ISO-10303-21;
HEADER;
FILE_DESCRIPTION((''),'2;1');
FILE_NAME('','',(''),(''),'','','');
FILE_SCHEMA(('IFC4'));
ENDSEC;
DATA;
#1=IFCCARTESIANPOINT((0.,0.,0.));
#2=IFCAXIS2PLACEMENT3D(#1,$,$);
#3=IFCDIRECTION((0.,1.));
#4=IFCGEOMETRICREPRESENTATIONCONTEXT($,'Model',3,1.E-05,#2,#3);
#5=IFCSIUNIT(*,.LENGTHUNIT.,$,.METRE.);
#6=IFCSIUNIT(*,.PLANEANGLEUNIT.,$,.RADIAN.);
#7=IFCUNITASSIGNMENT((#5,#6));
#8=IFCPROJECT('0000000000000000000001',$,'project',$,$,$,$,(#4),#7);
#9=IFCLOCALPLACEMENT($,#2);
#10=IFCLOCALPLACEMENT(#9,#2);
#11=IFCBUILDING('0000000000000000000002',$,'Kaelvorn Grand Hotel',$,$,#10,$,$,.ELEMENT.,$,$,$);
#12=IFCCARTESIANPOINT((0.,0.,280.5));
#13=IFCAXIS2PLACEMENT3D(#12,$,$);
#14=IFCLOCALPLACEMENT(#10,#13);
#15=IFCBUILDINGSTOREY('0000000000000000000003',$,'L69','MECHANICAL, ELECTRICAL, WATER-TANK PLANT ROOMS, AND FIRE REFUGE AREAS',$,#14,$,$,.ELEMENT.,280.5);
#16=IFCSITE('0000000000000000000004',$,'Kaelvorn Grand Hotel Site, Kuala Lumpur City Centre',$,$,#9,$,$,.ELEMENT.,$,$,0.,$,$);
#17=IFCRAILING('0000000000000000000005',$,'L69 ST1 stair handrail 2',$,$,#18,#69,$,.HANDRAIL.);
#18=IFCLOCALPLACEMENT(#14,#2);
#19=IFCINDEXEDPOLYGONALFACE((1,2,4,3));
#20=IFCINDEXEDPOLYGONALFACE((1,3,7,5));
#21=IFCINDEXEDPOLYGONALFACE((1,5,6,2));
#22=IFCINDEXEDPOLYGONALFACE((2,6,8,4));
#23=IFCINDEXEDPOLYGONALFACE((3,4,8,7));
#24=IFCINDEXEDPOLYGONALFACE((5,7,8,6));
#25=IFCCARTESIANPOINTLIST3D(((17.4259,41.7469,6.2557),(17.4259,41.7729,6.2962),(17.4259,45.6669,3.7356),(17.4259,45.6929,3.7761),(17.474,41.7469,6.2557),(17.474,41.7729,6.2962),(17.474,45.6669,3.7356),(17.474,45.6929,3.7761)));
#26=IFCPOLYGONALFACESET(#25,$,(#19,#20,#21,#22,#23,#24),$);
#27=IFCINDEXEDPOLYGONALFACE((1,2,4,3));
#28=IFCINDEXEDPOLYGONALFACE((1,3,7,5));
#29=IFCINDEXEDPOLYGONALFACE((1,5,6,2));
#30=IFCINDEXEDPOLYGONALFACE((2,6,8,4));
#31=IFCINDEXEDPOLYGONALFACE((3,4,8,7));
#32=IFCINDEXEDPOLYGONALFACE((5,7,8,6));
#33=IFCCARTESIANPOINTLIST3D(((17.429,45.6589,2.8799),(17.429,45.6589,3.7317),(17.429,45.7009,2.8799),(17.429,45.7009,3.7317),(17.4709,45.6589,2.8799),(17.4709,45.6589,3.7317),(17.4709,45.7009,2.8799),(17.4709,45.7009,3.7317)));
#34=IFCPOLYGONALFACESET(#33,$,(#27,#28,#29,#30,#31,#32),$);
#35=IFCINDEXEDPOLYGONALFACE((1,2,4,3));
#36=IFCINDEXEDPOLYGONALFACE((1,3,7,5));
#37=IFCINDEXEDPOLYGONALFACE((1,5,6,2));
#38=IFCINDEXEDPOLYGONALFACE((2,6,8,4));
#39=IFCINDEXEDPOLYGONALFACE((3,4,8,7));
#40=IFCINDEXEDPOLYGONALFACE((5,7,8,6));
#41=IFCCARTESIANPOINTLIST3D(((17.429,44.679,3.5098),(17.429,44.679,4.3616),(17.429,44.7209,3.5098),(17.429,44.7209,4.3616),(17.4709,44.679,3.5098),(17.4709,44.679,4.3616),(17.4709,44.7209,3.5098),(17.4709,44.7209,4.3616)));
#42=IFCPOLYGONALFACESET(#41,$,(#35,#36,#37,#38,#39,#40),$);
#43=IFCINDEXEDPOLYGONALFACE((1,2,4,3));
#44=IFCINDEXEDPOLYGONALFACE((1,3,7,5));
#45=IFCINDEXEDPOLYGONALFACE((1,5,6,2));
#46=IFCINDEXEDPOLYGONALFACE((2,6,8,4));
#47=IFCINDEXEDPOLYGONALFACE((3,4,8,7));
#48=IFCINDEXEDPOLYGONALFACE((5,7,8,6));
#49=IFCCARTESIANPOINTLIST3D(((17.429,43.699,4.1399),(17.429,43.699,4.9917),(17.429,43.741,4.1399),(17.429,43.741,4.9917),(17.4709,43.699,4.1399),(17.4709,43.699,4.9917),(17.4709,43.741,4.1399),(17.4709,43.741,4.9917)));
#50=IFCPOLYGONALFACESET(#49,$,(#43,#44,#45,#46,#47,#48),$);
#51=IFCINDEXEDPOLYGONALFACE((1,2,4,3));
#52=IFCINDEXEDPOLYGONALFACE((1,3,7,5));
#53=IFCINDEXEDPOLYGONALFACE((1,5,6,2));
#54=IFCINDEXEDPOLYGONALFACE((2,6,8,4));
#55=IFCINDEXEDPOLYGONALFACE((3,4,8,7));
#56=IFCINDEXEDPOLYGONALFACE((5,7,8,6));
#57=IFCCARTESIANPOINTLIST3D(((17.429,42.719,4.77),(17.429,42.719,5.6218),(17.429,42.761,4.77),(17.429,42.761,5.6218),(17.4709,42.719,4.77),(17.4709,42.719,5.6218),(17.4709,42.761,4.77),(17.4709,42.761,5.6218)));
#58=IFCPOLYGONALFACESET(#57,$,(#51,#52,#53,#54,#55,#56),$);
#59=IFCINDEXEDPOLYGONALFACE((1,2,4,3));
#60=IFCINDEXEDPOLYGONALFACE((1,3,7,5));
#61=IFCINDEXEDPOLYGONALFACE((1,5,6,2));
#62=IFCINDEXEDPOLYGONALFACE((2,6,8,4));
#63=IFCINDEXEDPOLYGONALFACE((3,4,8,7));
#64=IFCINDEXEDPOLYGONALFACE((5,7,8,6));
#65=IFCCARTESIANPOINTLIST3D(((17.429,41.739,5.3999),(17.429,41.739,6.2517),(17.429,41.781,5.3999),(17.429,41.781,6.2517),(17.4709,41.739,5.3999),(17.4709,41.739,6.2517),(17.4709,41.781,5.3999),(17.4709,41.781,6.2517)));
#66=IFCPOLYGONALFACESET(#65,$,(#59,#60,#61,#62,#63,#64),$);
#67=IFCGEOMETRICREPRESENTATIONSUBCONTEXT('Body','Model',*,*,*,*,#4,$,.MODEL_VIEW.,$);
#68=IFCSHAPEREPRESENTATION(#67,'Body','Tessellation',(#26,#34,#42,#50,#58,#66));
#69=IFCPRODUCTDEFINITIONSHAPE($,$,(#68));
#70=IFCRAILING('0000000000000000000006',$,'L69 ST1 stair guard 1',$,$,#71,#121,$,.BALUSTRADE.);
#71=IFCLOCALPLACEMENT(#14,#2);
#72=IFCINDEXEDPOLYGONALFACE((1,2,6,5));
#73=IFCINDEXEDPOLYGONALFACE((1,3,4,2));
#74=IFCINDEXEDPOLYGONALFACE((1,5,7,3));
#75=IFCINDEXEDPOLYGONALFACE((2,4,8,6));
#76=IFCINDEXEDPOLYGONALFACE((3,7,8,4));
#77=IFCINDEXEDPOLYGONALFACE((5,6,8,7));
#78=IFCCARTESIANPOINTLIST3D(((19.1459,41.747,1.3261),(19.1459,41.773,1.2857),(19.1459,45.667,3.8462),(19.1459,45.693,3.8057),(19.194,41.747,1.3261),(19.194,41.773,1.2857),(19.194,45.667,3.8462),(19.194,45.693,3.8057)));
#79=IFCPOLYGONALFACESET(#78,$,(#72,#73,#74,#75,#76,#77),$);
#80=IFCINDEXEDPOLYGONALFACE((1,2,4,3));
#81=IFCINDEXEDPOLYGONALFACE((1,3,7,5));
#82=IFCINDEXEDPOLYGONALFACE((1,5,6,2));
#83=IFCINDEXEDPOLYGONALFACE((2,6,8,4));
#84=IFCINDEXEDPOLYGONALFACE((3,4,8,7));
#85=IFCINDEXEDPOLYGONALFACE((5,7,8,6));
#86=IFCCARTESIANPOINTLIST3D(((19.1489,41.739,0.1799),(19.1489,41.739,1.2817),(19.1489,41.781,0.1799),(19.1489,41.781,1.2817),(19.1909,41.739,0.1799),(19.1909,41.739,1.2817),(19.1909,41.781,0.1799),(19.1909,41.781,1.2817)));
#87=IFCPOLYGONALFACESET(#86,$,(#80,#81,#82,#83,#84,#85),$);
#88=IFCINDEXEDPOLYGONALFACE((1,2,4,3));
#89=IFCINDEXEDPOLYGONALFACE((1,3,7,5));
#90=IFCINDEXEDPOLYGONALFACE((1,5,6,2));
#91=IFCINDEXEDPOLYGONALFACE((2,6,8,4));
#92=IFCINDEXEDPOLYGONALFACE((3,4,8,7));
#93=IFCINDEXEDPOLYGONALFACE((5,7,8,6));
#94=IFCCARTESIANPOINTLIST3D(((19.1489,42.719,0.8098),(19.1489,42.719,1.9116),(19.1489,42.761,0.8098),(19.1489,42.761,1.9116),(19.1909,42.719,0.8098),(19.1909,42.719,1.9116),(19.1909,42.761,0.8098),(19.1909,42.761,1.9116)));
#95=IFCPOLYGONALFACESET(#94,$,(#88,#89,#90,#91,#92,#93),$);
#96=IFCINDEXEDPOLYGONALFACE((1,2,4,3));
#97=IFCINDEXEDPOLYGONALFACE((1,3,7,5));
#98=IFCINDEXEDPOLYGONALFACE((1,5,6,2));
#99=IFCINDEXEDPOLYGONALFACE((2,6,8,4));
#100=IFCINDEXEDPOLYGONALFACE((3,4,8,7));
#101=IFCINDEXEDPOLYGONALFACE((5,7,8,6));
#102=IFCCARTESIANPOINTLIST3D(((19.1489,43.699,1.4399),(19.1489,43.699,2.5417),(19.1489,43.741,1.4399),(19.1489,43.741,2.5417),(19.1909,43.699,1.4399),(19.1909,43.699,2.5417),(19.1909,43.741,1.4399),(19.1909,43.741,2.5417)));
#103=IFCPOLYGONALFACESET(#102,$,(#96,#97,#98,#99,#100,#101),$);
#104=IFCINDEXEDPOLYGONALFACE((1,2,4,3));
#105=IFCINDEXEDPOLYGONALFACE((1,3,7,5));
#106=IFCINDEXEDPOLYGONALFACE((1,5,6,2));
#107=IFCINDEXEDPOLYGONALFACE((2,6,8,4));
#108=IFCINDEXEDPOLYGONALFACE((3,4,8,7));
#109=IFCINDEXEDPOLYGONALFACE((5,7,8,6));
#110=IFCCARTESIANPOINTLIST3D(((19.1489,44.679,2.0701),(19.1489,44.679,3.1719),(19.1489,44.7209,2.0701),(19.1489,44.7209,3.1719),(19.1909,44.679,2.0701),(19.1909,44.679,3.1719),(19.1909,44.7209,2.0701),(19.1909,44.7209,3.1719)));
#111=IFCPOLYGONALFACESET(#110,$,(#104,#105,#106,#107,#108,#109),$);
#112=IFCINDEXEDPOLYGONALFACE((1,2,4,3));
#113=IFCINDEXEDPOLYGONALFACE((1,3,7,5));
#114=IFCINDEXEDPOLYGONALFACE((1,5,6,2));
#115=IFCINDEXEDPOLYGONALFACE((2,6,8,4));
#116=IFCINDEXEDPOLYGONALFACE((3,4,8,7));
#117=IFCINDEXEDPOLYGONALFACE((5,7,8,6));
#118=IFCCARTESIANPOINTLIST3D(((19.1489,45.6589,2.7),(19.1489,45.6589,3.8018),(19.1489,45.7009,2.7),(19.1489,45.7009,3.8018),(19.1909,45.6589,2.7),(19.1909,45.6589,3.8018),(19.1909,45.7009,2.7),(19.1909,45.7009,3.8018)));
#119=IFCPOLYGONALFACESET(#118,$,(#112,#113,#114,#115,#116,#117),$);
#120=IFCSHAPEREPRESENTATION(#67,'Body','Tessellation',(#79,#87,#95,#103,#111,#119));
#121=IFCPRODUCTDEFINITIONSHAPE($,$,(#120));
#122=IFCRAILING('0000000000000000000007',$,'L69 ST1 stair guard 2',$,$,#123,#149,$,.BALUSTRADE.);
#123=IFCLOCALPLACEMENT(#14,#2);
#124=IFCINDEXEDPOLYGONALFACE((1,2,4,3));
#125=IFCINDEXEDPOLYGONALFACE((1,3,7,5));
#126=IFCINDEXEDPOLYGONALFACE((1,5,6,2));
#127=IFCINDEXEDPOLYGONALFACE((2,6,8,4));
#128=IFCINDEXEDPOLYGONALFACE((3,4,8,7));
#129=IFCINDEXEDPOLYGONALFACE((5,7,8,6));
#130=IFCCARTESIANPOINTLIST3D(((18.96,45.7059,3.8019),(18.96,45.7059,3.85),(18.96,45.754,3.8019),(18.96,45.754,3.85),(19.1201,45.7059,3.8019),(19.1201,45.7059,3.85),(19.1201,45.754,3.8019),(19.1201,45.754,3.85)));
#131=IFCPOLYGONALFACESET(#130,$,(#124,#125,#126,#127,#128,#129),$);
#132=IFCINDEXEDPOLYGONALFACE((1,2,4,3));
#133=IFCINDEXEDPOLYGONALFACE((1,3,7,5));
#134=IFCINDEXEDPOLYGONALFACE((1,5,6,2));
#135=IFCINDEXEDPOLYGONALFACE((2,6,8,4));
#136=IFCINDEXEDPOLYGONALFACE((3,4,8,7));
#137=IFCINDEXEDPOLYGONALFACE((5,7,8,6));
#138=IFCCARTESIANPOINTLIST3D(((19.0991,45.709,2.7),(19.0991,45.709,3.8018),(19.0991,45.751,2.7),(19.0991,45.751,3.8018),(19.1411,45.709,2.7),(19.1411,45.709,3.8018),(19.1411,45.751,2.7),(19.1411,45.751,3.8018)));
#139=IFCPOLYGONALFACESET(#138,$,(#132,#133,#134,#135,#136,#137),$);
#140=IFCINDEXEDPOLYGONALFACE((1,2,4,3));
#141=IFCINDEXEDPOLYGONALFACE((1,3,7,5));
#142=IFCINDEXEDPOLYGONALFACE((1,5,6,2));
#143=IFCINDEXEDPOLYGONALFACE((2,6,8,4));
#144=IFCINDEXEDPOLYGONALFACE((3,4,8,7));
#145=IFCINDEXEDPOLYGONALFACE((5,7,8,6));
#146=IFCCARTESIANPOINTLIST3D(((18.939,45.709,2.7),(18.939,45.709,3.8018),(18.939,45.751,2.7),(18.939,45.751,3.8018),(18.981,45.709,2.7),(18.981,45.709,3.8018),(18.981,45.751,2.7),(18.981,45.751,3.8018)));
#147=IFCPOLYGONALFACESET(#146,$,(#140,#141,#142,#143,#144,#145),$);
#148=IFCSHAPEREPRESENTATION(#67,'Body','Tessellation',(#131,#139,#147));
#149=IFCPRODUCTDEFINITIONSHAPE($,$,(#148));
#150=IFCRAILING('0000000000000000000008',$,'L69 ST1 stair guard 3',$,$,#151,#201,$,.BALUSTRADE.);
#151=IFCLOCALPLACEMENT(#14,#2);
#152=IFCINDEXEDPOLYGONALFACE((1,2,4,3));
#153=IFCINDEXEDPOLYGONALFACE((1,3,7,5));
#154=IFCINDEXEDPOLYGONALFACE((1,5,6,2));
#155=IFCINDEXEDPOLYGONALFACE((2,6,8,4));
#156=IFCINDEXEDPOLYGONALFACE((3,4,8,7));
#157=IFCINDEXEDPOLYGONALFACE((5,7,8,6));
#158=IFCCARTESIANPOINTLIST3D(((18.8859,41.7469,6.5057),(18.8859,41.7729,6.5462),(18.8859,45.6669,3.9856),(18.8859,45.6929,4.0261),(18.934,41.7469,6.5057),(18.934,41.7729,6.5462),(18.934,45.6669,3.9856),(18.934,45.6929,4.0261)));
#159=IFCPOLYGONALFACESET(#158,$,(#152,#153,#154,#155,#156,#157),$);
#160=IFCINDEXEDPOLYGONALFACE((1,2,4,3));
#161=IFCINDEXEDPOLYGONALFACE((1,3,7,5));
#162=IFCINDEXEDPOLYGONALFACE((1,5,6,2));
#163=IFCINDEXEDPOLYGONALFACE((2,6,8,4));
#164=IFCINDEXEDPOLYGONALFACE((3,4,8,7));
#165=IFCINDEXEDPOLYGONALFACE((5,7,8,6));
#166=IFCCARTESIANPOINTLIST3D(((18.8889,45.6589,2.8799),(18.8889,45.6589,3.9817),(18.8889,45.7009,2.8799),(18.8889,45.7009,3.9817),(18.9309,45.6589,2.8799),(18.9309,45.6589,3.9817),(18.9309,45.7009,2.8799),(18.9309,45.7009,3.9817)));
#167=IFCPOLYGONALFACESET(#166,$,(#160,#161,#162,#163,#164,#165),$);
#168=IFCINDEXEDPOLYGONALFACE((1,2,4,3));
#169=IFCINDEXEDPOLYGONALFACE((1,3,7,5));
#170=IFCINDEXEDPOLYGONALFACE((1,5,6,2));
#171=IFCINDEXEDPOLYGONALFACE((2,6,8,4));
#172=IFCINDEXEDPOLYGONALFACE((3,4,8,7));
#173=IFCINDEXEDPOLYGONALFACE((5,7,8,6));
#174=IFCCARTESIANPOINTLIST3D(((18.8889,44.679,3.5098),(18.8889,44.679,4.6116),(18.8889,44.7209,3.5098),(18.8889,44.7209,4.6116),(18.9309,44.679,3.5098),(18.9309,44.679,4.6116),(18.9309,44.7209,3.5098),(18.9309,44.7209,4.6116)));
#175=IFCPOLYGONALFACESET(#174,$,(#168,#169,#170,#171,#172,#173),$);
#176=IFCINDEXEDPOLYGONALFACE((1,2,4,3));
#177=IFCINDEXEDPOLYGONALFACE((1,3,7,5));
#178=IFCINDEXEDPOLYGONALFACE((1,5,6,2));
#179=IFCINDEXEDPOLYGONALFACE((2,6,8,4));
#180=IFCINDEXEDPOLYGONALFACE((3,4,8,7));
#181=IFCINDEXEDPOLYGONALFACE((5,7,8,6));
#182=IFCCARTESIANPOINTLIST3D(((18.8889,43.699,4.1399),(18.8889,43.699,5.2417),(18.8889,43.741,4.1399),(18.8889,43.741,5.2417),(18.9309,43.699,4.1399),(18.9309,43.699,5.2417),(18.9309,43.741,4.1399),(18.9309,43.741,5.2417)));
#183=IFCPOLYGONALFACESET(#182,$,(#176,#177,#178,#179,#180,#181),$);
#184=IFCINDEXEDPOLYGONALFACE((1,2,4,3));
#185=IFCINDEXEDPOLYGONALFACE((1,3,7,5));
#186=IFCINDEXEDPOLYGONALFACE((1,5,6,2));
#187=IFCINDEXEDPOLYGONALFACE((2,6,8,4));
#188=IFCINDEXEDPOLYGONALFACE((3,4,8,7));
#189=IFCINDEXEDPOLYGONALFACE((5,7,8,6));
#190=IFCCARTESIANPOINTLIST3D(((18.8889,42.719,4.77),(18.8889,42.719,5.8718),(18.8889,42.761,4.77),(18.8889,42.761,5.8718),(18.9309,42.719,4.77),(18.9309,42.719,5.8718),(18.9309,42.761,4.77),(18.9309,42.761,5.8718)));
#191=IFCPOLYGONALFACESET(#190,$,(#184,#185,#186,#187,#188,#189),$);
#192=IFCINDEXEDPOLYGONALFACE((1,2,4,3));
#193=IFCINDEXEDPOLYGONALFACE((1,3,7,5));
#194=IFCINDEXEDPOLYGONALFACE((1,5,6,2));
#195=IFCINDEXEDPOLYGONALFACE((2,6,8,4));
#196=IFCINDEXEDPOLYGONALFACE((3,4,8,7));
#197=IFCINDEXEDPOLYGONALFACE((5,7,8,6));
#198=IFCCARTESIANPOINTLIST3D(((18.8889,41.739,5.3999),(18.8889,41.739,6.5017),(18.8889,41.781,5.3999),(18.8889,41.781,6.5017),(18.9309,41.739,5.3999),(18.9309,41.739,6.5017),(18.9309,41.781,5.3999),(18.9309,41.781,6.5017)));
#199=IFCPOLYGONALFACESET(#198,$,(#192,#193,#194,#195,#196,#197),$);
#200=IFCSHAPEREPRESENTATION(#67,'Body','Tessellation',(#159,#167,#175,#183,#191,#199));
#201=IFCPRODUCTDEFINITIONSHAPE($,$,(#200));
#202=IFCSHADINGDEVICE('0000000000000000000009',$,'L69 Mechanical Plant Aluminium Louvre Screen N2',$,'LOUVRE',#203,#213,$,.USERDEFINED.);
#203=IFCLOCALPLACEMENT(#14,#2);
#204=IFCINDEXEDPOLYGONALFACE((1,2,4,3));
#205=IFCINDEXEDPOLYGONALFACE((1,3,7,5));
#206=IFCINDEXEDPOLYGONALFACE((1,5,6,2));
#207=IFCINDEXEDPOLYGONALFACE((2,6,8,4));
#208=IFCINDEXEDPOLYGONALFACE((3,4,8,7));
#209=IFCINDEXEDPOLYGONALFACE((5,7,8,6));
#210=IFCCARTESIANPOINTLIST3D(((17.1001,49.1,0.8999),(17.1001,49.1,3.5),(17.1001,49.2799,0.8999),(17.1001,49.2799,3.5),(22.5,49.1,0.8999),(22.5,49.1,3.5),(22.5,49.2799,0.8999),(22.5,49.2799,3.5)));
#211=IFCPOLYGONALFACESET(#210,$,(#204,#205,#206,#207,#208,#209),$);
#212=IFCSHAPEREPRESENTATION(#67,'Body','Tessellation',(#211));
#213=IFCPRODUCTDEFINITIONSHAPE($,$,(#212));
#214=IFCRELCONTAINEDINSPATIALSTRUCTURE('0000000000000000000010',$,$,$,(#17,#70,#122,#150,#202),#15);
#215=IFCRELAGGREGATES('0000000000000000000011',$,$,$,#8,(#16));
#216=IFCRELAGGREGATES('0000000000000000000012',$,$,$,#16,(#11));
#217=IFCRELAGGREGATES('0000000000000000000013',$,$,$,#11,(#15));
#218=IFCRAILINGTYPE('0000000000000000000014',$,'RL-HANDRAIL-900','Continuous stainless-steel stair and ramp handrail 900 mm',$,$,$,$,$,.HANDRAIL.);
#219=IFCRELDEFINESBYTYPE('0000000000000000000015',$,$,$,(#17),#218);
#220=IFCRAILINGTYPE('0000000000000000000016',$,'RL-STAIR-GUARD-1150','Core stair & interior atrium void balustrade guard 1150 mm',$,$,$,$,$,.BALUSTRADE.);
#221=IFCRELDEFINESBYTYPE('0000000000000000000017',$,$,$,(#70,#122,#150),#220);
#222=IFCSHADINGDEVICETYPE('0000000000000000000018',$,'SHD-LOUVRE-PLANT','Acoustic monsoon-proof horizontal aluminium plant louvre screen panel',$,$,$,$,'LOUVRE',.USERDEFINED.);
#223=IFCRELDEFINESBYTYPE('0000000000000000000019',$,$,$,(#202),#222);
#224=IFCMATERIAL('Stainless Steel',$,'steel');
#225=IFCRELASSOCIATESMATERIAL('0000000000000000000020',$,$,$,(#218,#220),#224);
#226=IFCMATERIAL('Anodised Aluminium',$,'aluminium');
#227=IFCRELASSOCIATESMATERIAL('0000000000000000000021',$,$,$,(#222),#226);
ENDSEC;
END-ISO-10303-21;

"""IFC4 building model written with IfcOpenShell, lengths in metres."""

from ifc_helpers import new_model, si_unit, direction, frame, origin, origin_2d, place, context, subcontext, project, spatial, rectangle, extrude, material, type_object, element, save


model = new_model("IFC4")

# Units and contexts
model_context = context("Model", 3, precision=1e-05, world=origin(), true_north=direction((0.0, 1.0)))
body_context = subcontext(model_context, "Body", "Model", "MODEL_VIEW")
ifc_project = project(units=[si_unit("LENGTHUNIT", "METRE"), si_unit("PLANEANGLEUNIT", "RADIAN")], contexts=[model_context])

# Site, building, storey
site_placement = place(None, origin())
site = spatial("IfcSite", under=ifc_project, at=site_placement, Name="Kaelvorn Grand Hotel Site, Kuala Lumpur City Centre", CompositionType="ELEMENT", RefElevation=0.0)
building_placement = place(site_placement, origin())
building = spatial("IfcBuilding", under=site, at=building_placement, Name="Kaelvorn Grand Hotel", CompositionType="ELEMENT")
storey_placement = place(building_placement, frame((0.0, 0.0, 280.5)))
storey = spatial("IfcBuildingStorey", under=building, at=storey_placement, Name="L69", Description="MECHANICAL, ELECTRICAL, WATER-TANK PLANT ROOMS, AND FIRE REFUGE AREAS", CompositionType="ELEMENT", Elevation=280.5)

# Railings
ifc_material_1 = material(Name="Stainless Steel", Category="steel")
railing_type_1 = type_object("IfcRailingType", Name="RL-HANDRAIL-900", Description="Continuous stainless-steel stair and ramp handrail 900 mm", PredefinedType="HANDRAIL", material=ifc_material_1)
railing_1_placement = place(storey_placement, frame((17.45, 45.6799, 2.8799)))
element("IfcRailing", 1, at=railing_1_placement, inside=storey, type_object=railing_type_1, Name="L69 ST1 stair handrail 2", PredefinedType="HANDRAIL", context=body_context, shape_type="SweptSolid", body=[
    extrude(rectangle(XDim=0.0481, YDim=0.0481, at=origin_2d()), frame((0.0, 0.0, 0.876), z_axis=(0.0, -0.841172, 0.540768), x_axis=(1.0, 0.0, 0.0)), (0.0, 0.0, 1.0), 4.6602),
    extrude(rectangle(XDim=0.042, YDim=0.042, at=origin_2d()), origin(), (0.0, 0.0, 1.0), 0.8518),
    extrude(rectangle(XDim=0.042, YDim=0.042, at=origin_2d()), frame((0.0, -0.98, 0.6299)), (0.0, 0.0, 1.0), 0.8518),
    extrude(rectangle(XDim=0.042, YDim=0.042, at=origin_2d()), frame((0.0, -1.96, 1.26)), (0.0, 0.0, 1.0), 0.8518),
    extrude(rectangle(XDim=0.042, YDim=0.042, at=origin_2d()), frame((0.0, -2.9399, 1.8901)), (0.0, 0.0, 1.0), 0.8518),
    extrude(rectangle(XDim=0.042, YDim=0.042, at=origin_2d()), frame((0.0, -3.9199, 2.52)), (0.0, 0.0, 1.0), 0.8518),
])
railing_type_2 = type_object("IfcRailingType", Name="RL-STAIR-GUARD-1150", Description="Core stair & interior atrium void balustrade guard 1150 mm", PredefinedType="BALUSTRADE", material=ifc_material_1)
railing_2_placement = place(storey_placement, frame((19.1699, 41.76, 0.1799)))
element("IfcRailing", 2, at=railing_2_placement, inside=storey, type_object=railing_type_2, Name="L69 ST1 stair guard 1", PredefinedType="BALUSTRADE", context=body_context, shape_type="SweptSolid", body=[
    extrude(rectangle(XDim=0.0481, YDim=0.0481, at=origin_2d()), frame((0.0, 0.0, 1.126), z_axis=(0.0, 0.841172, 0.540768), x_axis=(-1.0, 0.0, 0.0)), (0.0, 0.0, 1.0), 4.6602),
    extrude(rectangle(XDim=0.042, YDim=0.042, at=origin_2d()), origin(), (0.0, 0.0, 1.0), 1.1018),
    extrude(rectangle(XDim=0.042, YDim=0.042, at=origin_2d()), frame((0.0, 0.98, 0.6299)), (0.0, 0.0, 1.0), 1.1018),
    extrude(rectangle(XDim=0.042, YDim=0.042, at=origin_2d()), frame((0.0, 1.96, 1.26)), (0.0, 0.0, 1.0), 1.1018),
    extrude(rectangle(XDim=0.042, YDim=0.042, at=origin_2d()), frame((0.0, 2.9399, 1.8901)), (0.0, 0.0, 1.0), 1.1018),
    extrude(rectangle(XDim=0.042, YDim=0.042, at=origin_2d()), frame((0.0, 3.9199, 2.52)), (0.0, 0.0, 1.0), 1.1018),
])
railing_3_placement = place(storey_placement, frame((19.1201, 45.73, 2.7)))
element("IfcRailing", 3, at=railing_3_placement, inside=storey, type_object=railing_type_2, Name="L69 ST1 stair guard 2", PredefinedType="BALUSTRADE", context=body_context, shape_type="SweptSolid", body=[
    extrude(rectangle(XDim=0.0481, YDim=0.0481, at=origin_2d()), frame((0.0, 0.0, 1.126), z_axis=(-1.0, 0.0, 0.0), x_axis=(0.0, -1.0, 0.0)), (0.0, 0.0, 1.0), 0.1602),
    extrude(rectangle(XDim=0.042, YDim=0.042, at=origin_2d()), origin(), (0.0, 0.0, 1.0), 1.1018),
    extrude(rectangle(XDim=0.042, YDim=0.042, at=origin_2d()), frame((-0.1602, 0.0, 0.0)), (0.0, 0.0, 1.0), 1.1018),
])
railing_4_placement = place(storey_placement, frame((18.9099, 45.6799, 2.8799)))
element("IfcRailing", 4, at=railing_4_placement, inside=storey, type_object=railing_type_2, Name="L69 ST1 stair guard 3", PredefinedType="BALUSTRADE", context=body_context, shape_type="SweptSolid", body=[
    extrude(rectangle(XDim=0.0481, YDim=0.0481, at=origin_2d()), frame((0.0, 0.0, 1.126), z_axis=(0.0, -0.841172, 0.540768), x_axis=(1.0, 0.0, 0.0)), (0.0, 0.0, 1.0), 4.6602),
    extrude(rectangle(XDim=0.042, YDim=0.042, at=origin_2d()), origin(), (0.0, 0.0, 1.0), 1.1018),
    extrude(rectangle(XDim=0.042, YDim=0.042, at=origin_2d()), frame((0.0, -0.98, 0.6299)), (0.0, 0.0, 1.0), 1.1018),
    extrude(rectangle(XDim=0.042, YDim=0.042, at=origin_2d()), frame((0.0, -1.96, 1.26)), (0.0, 0.0, 1.0), 1.1018),
    extrude(rectangle(XDim=0.042, YDim=0.042, at=origin_2d()), frame((0.0, -2.9399, 1.8901)), (0.0, 0.0, 1.0), 1.1018),
    extrude(rectangle(XDim=0.042, YDim=0.042, at=origin_2d()), frame((0.0, -3.9199, 2.52)), (0.0, 0.0, 1.0), 1.1018),
])

# Shading device
ifc_material_2 = material(Name="Anodised Aluminium", Category="aluminium")
shading_device_type = type_object("IfcShadingDeviceType", Name="SHD-LOUVRE-PLANT", Description="Acoustic monsoon-proof horizontal aluminium plant louvre screen panel", ElementType="LOUVRE", PredefinedType="USERDEFINED", material=ifc_material_2)
shading_device_placement = place(storey_placement, frame((19.8, 49.1899, 0.8999), z_axis=(0.0, 0.0, 1.0), x_axis=(1.0, 0.0, 0.0)))
element("IfcShadingDevice", 5, at=shading_device_placement, inside=storey, type_object=shading_device_type, Name="L69 Mechanical Plant Aluminium Louvre Screen N2", ObjectType="LOUVRE", PredefinedType="USERDEFINED", context=body_context, shape_type="SweptSolid", body=[
    extrude(rectangle(XDim=5.3999, YDim=0.1799, at=origin_2d()), origin(), (0.0, 0.0, 1.0), 2.6001),
])

save(model, "model.ifc")
